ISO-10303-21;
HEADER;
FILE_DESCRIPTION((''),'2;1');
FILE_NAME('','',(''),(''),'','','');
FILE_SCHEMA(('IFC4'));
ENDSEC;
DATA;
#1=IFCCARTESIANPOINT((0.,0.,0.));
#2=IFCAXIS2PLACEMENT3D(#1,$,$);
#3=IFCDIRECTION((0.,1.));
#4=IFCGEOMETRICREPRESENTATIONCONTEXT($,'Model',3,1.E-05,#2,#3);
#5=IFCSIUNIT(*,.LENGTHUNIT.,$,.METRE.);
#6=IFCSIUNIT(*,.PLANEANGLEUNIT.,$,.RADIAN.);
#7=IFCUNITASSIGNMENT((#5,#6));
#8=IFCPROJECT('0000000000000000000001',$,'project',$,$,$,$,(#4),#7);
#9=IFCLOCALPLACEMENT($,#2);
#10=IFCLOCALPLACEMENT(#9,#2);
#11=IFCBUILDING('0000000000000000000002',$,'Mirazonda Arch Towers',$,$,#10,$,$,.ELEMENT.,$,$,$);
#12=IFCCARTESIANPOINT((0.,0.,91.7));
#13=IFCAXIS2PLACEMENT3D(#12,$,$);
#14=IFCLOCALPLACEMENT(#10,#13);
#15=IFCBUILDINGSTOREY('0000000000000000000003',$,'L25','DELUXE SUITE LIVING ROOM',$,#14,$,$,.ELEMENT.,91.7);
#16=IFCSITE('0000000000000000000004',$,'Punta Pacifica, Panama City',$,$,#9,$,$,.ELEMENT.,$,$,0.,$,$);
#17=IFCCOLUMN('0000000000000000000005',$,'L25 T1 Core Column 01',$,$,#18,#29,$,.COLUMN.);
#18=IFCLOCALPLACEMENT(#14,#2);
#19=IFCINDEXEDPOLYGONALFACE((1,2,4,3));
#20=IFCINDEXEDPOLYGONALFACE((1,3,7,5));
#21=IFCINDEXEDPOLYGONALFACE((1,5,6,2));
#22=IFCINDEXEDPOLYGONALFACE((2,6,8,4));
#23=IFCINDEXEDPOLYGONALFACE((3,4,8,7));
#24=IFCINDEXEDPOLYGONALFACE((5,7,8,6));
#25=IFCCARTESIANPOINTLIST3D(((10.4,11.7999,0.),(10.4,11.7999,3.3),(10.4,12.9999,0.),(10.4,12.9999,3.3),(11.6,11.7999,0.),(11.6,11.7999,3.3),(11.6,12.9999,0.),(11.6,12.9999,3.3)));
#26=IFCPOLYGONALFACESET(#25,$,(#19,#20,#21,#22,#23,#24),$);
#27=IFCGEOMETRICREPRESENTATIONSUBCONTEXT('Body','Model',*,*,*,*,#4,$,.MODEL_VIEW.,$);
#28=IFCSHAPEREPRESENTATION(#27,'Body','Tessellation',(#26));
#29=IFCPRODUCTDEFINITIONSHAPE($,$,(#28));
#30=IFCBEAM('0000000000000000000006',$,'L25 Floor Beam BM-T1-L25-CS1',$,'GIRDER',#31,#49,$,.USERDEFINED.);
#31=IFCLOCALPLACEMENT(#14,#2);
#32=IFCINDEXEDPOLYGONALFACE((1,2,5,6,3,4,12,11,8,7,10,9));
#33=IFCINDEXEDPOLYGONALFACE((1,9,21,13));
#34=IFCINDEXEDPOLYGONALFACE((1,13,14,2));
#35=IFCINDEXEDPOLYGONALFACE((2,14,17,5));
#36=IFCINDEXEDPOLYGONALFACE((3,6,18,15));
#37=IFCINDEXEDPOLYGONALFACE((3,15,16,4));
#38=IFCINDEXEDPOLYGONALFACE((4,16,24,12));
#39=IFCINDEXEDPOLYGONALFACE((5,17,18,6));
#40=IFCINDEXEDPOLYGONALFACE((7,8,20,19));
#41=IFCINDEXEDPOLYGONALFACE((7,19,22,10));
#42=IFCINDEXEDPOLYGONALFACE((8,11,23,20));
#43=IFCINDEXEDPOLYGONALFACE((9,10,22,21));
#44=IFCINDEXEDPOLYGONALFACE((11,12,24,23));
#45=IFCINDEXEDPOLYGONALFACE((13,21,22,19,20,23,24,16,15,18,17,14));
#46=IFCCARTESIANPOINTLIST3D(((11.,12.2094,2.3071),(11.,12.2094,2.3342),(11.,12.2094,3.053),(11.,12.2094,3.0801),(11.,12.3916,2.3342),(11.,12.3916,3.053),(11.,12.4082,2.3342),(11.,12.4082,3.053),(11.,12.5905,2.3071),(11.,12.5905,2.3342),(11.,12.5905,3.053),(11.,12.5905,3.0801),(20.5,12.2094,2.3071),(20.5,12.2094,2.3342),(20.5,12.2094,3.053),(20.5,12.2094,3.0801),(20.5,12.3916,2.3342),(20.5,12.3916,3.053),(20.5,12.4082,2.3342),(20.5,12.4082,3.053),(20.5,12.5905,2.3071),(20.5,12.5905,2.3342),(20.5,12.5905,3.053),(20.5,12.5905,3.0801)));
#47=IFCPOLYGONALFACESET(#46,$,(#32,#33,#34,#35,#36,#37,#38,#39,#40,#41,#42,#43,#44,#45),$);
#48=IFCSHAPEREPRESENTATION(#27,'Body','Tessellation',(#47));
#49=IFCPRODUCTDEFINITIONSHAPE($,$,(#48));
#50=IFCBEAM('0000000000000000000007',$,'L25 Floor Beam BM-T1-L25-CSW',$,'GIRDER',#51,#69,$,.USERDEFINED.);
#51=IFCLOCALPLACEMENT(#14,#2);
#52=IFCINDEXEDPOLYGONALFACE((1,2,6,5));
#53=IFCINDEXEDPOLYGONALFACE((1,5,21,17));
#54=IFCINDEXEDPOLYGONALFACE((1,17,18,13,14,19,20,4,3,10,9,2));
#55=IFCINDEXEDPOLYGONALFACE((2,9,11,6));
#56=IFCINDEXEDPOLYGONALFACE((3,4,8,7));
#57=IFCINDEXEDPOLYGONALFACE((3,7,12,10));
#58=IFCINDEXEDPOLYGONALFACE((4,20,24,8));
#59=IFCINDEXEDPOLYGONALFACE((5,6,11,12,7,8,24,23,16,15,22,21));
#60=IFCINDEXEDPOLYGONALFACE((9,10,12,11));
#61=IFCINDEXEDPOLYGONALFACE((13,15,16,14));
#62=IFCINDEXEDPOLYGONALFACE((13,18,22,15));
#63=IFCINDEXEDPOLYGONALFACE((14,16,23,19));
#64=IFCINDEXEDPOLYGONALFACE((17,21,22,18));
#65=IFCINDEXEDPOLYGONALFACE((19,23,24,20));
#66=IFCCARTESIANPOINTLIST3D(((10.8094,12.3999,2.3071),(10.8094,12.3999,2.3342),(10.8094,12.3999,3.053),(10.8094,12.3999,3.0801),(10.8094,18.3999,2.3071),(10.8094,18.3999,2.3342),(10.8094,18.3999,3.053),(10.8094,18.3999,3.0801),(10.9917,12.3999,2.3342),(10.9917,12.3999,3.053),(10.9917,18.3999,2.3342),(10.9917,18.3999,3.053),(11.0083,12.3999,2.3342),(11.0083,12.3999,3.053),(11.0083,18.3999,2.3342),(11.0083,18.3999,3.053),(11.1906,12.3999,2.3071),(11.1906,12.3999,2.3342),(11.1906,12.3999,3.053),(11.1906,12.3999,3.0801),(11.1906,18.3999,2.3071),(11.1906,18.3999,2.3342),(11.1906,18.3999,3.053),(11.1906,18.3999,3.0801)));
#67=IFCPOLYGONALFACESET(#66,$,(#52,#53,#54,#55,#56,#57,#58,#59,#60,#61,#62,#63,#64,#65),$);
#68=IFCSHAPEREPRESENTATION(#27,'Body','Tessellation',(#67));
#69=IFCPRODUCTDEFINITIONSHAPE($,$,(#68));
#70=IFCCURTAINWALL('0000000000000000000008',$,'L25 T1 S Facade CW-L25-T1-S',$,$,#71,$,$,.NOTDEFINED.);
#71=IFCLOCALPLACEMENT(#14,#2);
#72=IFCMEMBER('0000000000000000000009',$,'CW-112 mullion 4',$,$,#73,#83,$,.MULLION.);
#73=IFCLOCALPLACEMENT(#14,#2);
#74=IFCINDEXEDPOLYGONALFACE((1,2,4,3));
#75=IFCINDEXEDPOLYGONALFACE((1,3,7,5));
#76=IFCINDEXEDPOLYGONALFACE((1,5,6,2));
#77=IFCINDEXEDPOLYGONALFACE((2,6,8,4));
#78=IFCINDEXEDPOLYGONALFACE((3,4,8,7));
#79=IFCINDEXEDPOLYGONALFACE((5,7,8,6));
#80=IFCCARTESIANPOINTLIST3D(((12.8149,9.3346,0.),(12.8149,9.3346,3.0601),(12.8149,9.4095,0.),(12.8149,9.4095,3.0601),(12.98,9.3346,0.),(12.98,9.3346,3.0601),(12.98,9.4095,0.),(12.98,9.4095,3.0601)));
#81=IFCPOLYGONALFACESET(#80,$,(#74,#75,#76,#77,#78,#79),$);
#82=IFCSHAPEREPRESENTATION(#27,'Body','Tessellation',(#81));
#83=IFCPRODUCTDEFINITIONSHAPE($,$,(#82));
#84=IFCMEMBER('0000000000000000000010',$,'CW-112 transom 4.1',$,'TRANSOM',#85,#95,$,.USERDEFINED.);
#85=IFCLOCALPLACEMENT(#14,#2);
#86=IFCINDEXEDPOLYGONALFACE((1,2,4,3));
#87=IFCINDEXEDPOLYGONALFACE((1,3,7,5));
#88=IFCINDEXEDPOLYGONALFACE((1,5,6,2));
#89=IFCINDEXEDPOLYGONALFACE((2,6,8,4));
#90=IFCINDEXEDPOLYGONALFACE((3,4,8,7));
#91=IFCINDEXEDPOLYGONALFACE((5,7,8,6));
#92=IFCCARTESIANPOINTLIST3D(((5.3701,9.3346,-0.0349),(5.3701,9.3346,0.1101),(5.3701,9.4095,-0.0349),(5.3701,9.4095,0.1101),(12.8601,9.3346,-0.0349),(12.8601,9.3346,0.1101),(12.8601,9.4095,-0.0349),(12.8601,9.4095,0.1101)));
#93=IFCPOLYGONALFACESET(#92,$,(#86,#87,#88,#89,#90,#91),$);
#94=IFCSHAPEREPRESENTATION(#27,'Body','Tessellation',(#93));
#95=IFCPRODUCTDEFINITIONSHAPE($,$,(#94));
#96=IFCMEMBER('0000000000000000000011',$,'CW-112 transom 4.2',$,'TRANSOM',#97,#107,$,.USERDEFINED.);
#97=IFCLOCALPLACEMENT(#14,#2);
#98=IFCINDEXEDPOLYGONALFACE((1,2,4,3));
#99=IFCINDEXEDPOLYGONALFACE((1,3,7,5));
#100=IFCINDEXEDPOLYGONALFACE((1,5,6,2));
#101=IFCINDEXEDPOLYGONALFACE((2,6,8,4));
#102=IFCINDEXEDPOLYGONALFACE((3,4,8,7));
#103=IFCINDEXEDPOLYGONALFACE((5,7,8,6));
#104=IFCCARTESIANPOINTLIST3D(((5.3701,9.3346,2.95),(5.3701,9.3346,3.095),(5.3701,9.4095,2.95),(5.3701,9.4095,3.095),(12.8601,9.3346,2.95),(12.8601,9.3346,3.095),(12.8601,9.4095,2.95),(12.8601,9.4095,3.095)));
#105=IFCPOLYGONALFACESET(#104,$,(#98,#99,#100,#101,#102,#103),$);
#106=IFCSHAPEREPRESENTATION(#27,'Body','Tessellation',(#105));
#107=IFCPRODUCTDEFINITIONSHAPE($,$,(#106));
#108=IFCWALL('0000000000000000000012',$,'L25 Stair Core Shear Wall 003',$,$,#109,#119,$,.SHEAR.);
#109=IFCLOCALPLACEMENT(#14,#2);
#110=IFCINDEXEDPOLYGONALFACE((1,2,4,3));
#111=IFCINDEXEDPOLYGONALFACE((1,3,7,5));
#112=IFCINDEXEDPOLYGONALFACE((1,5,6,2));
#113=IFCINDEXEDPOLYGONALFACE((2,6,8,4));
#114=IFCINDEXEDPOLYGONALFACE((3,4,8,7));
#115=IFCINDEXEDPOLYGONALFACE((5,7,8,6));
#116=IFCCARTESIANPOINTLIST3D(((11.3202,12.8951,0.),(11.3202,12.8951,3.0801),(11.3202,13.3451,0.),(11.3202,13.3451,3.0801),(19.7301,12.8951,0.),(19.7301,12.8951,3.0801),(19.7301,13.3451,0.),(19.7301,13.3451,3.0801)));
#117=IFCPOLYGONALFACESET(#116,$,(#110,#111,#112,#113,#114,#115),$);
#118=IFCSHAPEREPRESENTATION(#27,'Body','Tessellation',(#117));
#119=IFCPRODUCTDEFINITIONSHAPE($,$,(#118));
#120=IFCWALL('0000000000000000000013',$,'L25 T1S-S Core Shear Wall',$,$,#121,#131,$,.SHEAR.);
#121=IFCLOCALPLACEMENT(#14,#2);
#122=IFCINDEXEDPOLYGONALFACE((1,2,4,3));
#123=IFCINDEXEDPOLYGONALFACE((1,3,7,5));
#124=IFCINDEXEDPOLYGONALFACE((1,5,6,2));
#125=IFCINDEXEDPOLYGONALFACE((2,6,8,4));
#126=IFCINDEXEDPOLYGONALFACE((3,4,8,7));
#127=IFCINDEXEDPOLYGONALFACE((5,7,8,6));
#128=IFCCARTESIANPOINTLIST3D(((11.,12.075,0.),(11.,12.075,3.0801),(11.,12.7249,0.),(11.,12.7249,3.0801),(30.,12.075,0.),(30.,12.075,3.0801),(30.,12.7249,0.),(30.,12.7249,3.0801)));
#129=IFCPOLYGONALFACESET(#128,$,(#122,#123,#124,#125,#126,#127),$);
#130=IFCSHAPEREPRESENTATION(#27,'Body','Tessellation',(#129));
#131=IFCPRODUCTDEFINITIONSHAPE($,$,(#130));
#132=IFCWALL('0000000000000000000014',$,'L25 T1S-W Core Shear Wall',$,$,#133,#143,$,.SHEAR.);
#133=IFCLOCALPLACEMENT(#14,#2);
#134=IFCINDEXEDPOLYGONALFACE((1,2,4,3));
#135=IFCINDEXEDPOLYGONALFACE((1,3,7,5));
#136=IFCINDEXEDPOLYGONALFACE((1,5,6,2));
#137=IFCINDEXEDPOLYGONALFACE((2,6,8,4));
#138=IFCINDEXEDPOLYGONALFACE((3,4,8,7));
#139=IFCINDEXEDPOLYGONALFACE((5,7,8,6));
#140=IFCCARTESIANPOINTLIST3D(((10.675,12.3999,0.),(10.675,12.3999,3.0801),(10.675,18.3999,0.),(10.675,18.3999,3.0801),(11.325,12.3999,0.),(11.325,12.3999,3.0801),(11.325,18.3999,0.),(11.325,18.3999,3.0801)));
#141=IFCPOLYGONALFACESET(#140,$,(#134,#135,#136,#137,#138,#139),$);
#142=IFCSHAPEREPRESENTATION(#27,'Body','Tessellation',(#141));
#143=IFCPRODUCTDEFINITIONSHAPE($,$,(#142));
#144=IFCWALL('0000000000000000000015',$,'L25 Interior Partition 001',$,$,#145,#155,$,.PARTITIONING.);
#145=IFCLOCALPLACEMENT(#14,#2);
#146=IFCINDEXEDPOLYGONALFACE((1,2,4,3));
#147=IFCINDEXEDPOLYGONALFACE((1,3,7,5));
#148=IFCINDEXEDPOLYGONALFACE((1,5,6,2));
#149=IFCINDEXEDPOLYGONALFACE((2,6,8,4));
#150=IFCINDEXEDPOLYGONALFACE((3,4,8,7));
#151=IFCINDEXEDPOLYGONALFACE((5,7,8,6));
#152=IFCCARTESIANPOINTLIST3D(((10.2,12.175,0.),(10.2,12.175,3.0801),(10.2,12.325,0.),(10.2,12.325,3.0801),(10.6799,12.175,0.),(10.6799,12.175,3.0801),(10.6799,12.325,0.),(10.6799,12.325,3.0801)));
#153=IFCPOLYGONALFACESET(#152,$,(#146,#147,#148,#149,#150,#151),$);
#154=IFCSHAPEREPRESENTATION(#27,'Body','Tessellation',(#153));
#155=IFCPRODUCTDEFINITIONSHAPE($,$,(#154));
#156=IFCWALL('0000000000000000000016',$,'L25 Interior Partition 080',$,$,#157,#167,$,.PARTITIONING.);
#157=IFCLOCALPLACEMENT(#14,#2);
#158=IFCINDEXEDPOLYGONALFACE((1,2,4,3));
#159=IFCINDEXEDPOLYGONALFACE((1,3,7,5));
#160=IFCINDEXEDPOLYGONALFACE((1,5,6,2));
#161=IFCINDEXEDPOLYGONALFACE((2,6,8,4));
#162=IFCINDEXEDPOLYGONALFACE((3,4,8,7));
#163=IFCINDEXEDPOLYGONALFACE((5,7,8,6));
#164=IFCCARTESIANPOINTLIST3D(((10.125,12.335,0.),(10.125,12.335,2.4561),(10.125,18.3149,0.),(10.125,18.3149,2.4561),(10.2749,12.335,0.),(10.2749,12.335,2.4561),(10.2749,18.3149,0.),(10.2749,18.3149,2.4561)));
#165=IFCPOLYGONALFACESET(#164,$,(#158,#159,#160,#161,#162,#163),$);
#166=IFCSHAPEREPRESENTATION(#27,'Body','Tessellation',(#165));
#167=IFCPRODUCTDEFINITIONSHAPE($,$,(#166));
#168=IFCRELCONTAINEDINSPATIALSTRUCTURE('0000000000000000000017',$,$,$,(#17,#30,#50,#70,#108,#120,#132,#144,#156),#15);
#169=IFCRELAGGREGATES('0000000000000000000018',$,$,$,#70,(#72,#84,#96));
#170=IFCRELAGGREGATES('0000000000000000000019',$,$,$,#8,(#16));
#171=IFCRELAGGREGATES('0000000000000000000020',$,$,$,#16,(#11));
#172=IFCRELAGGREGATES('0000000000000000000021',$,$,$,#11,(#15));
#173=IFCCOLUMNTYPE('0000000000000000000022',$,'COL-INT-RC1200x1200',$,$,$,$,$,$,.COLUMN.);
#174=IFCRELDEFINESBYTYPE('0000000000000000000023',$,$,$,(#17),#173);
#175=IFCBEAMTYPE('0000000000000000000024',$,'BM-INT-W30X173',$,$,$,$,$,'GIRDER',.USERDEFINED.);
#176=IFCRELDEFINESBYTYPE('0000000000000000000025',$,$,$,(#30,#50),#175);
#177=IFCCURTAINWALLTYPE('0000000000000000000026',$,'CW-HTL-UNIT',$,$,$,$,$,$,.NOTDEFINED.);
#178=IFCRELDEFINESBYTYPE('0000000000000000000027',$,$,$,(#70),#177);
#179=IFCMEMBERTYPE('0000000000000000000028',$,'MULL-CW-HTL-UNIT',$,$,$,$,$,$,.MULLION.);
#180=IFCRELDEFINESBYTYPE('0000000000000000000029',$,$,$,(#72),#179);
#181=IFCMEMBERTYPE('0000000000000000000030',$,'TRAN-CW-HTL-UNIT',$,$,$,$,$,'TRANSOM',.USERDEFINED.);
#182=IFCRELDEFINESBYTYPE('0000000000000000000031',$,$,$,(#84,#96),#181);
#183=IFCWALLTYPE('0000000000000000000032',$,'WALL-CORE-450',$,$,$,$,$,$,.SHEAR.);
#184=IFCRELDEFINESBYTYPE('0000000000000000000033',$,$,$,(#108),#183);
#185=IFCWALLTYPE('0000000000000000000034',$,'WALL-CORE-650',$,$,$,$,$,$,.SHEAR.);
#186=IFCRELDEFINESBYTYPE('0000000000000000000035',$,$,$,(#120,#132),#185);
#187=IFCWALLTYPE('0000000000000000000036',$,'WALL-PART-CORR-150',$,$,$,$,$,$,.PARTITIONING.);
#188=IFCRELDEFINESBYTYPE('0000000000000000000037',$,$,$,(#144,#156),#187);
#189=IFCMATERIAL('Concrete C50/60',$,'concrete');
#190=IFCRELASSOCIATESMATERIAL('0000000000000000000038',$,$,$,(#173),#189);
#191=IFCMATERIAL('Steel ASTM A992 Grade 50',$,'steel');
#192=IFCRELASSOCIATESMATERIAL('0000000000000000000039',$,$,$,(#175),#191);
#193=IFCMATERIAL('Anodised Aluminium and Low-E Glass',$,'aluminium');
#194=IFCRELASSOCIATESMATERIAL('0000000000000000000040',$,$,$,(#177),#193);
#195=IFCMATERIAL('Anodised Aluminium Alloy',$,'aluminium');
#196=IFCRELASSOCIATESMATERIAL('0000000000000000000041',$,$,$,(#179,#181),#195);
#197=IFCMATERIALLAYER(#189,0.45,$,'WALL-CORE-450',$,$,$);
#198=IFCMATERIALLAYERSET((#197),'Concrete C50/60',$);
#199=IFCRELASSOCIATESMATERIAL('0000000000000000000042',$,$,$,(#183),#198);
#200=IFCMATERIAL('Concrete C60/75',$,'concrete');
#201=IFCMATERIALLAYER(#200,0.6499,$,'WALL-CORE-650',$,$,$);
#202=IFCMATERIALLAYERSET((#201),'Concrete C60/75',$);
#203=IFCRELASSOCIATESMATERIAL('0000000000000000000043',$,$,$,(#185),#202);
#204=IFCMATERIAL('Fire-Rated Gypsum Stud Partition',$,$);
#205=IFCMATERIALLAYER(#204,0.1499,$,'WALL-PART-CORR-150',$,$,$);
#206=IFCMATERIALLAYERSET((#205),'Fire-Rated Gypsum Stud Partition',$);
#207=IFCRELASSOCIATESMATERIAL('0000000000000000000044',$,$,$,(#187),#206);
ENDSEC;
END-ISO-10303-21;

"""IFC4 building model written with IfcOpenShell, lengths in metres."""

from ifc_helpers import new_model, si_unit, direction, frame, frame_2d, origin, origin_2d, place, context, subcontext, project, spatial, rectangle, i_section, extrude, material, layer, layer_set, material_profile, profile_set, type_object, element, aggregate, save


model = new_model("IFC4")

# Units and contexts
model_context = context("Model", 3, precision=1e-05, world=origin(), true_north=direction((0.0, 1.0)))
body_context = subcontext(model_context, "Body", "Model", "MODEL_VIEW")
ifc_project = project(units=[si_unit("LENGTHUNIT", "METRE"), si_unit("PLANEANGLEUNIT", "RADIAN")], contexts=[model_context])

# Site, building, storey
site_placement = place(None, origin())
site = spatial("IfcSite", under=ifc_project, at=site_placement, Name="Punta Pacifica, Panama City", CompositionType="ELEMENT", RefElevation=0.0)
building_placement = place(site_placement, origin())
building = spatial("IfcBuilding", under=site, at=building_placement, Name="Mirazonda Arch Towers", CompositionType="ELEMENT")
storey_placement = place(building_placement, frame((0.0, 0.0, 91.7)))
storey = spatial("IfcBuildingStorey", under=building, at=storey_placement, Name="L25", Description="DELUXE SUITE LIVING ROOM", CompositionType="ELEMENT", Elevation=91.7)

# Column
ifc_material_1 = material(Name="Concrete C50/60", Category="concrete")
ifc_material_profile_1 = material_profile(ifc_material_1, rectangle(XDim=1.2, YDim=1.2, at=origin_2d()), Name="RC1200x1200")
ifc_profile_set_1 = profile_set([ifc_material_profile_1], Name="Concrete C50/60")
column_type = type_object("IfcColumnType", Name="COL-INT-RC1200x1200", PredefinedType="COLUMN", material=ifc_profile_set_1)
column_placement = place(storey_placement, frame((11.0, 12.3999, 0.0), z_axis=(0.0, 0.0, 1.0), x_axis=(1.0, 0.0, 0.0)))
element("IfcColumn", 1, at=column_placement, inside=storey, type_object=column_type, Name="L25 T1 Core Column 01", PredefinedType="COLUMN", context=body_context, shape_type="SweptSolid", body=[
    extrude(rectangle(XDim=1.2, YDim=1.2, at=origin_2d()), origin(), (0.0, 0.0, 1.0), 3.3),
])

# Beams
ifc_material_2 = material(Name="Steel ASTM A992 Grade 50", Category="steel")
ifc_material_profile_2 = material_profile(ifc_material_2, i_section(OverallWidth=0.3811, OverallDepth=0.7729, WebThickness=0.0166, FlangeThickness=0.0271, at=origin_2d()), Name="W30X173")
ifc_profile_set_2 = profile_set([ifc_material_profile_2], Name="Steel ASTM A992 Grade 50")
beam_type = type_object("IfcBeamType", Name="BM-INT-W30X173", ElementType="GIRDER", PredefinedType="USERDEFINED", material=ifc_profile_set_2)
beam_1_placement = place(storey_placement, frame((11.0, 12.3999, 2.6936), z_axis=(1.0, 0.0, 0.0), x_axis=(0.0, 1.0, 0.0)))
element("IfcBeam", 2, at=beam_1_placement, inside=storey, type_object=beam_type, Name="L25 Floor Beam BM-T1-L25-CS1", ObjectType="GIRDER", PredefinedType="USERDEFINED", context=body_context, shape_type="SweptSolid", body=[
    extrude(i_section(OverallWidth=0.3811, OverallDepth=0.7729, WebThickness=0.0166, FlangeThickness=0.0271, at=origin_2d()), origin(), (0.0, 0.0, 1.0), 9.5),
])
beam_2_placement = place(storey_placement, frame((11.0, 12.3999, 2.6936), z_axis=(0.0, 1.0, 0.0), x_axis=(-1.0, 0.0, 0.0)))
element("IfcBeam", 3, at=beam_2_placement, inside=storey, type_object=beam_type, Name="L25 Floor Beam BM-T1-L25-CSW", ObjectType="GIRDER", PredefinedType="USERDEFINED", context=body_context, shape_type="SweptSolid", body=[
    extrude(i_section(OverallWidth=0.3811, OverallDepth=0.7729, WebThickness=0.0166, FlangeThickness=0.0271, at=origin_2d()), origin(), (0.0, 0.0, 1.0), 6.0),
])

# Curtain wall, members
ifc_material_3 = material(Name="Anodised Aluminium and Low-E Glass", Category="aluminium")
curtain_wall_type = type_object("IfcCurtainWallType", Name="CW-HTL-UNIT", PredefinedType="NOTDEFINED", material=ifc_material_3)
curtain_wall_placement = place(storey_placement, origin())
curtain_wall = element("IfcCurtainWall", 4, at=curtain_wall_placement, inside=storey, type_object=curtain_wall_type, Name="L25 T1 S Facade CW-L25-T1-S", PredefinedType="NOTDEFINED")
ifc_material_4 = material(Name="Anodised Aluminium Alloy", Category="aluminium")
ifc_material_profile_3 = material_profile(ifc_material_4, rectangle(XDim=0.075, YDim=0.165, at=origin_2d()), Name="ALU-MULL-75x165")
ifc_profile_set_3 = profile_set([ifc_material_profile_3], Name="Anodised Aluminium Alloy")
member_type_1 = type_object("IfcMemberType", Name="MULL-CW-HTL-UNIT", PredefinedType="MULLION", material=ifc_profile_set_3)
member_1_placement = place(storey_placement, frame((12.8975, 9.3721, 0.0), z_axis=(0.0, 0.0, 1.0), x_axis=(0.0, -1.0, 0.0)))
member_1 = element("IfcMember", 5, at=member_1_placement, type_object=member_type_1, Name="CW-112 mullion 4", PredefinedType="MULLION", context=body_context, shape_type="SweptSolid", body=[
    extrude(rectangle(XDim=0.075, YDim=0.165, at=origin_2d()), origin(), (0.0, 0.0, 1.0), 3.0601),
])
ifc_material_profile_4 = material_profile(ifc_material_4, rectangle(XDim=0.075, YDim=0.145, at=origin_2d()), Name="ALU-TRAN-75x145")
ifc_profile_set_4 = profile_set([ifc_material_profile_4], Name="Anodised Aluminium Alloy")
member_type_2 = type_object("IfcMemberType", Name="TRAN-CW-HTL-UNIT", ElementType="TRANSOM", PredefinedType="USERDEFINED", material=ifc_profile_set_4)
member_2_placement = place(storey_placement, frame((12.8601, 9.3721, 0.0376), z_axis=(-1.0, 0.0, 0.0), x_axis=(0.0, -1.0, 0.0)))
member_2 = element("IfcMember", 6, at=member_2_placement, type_object=member_type_2, Name="CW-112 transom 4.1", ObjectType="TRANSOM", PredefinedType="USERDEFINED", context=body_context, shape_type="SweptSolid", body=[
    extrude(rectangle(XDim=0.075, YDim=0.145, at=origin_2d()), origin(), (0.0, 0.0, 1.0), 7.49),
])
member_3_placement = place(storey_placement, frame((12.8601, 9.3721, 3.0225), z_axis=(-1.0, 0.0, 0.0), x_axis=(0.0, -1.0, 0.0)))
member_3 = element("IfcMember", 7, at=member_3_placement, type_object=member_type_2, Name="CW-112 transom 4.2", ObjectType="TRANSOM", PredefinedType="USERDEFINED", context=body_context, shape_type="SweptSolid", body=[
    extrude(rectangle(XDim=0.075, YDim=0.145, at=origin_2d()), origin(), (0.0, 0.0, 1.0), 7.49),
])
aggregate(curtain_wall, [member_1, member_2, member_3])

# Walls
ifc_layer_1 = layer(ifc_material_1, 0.45, Name="WALL-CORE-450")
ifc_layer_set_1 = layer_set([ifc_layer_1], Name="Concrete C50/60")
wall_type_1 = type_object("IfcWallType", Name="WALL-CORE-450", PredefinedType="SHEAR", material=ifc_layer_set_1)
wall_1_placement = place(storey_placement, frame((11.3201, 13.1201, 0.0), z_axis=(0.0, 0.0, 1.0), x_axis=(1.0, 0.0, 0.0)))
element("IfcWall", 8, at=wall_1_placement, inside=storey, type_object=wall_type_1, Name="L25 Stair Core Shear Wall 003", PredefinedType="SHEAR", context=body_context, shape_type="SweptSolid", body=[
    extrude(rectangle(XDim=8.4099, YDim=0.45, at=frame_2d((4.2051, 0.0))), origin(), (0.0, 0.0, 1.0), 3.0801),
])
ifc_material_5 = material(Name="Concrete C60/75", Category="concrete")
ifc_layer_2 = layer(ifc_material_5, 0.6499, Name="WALL-CORE-650")
ifc_layer_set_2 = layer_set([ifc_layer_2], Name="Concrete C60/75")
wall_type_2 = type_object("IfcWallType", Name="WALL-CORE-650", PredefinedType="SHEAR", material=ifc_layer_set_2)
wall_2_placement = place(storey_placement, frame((11.0, 12.3999, 0.0), z_axis=(0.0, 0.0, 1.0), x_axis=(1.0, 0.0, 0.0)))
element("IfcWall", 9, at=wall_2_placement, inside=storey, type_object=wall_type_2, Name="L25 T1S-S Core Shear Wall", PredefinedType="SHEAR", context=body_context, shape_type="SweptSolid", body=[
    extrude(rectangle(XDim=19.0, YDim=0.6499, at=frame_2d((9.5, 0.0))), origin(), (0.0, 0.0, 1.0), 3.0801),
])
wall_3_placement = place(storey_placement, frame((11.0, 12.3999, 0.0), z_axis=(0.0, 0.0, 1.0), x_axis=(0.0, 1.0, 0.0)))
element("IfcWall", 10, at=wall_3_placement, inside=storey, type_object=wall_type_2, Name="L25 T1S-W Core Shear Wall", PredefinedType="SHEAR", context=body_context, shape_type="SweptSolid", body=[
    extrude(rectangle(XDim=6.0, YDim=0.6499, at=frame_2d((3.0, 0.0))), origin(), (0.0, 0.0, 1.0), 3.0801),
])
ifc_material_6 = material(Name="Fire-Rated Gypsum Stud Partition")
ifc_layer_3 = layer(ifc_material_6, 0.1499, Name="WALL-PART-CORR-150")
ifc_layer_set_3 = layer_set([ifc_layer_3], Name="Fire-Rated Gypsum Stud Partition")
wall_type_3 = type_object("IfcWallType", Name="WALL-PART-CORR-150", PredefinedType="PARTITIONING", material=ifc_layer_set_3)
wall_4_placement = place(storey_placement, frame((10.2, 12.25, 0.0), z_axis=(0.0, 0.0, 1.0), x_axis=(1.0, 0.0, 0.0)))
element("IfcWall", 11, at=wall_4_placement, inside=storey, type_object=wall_type_3, Name="L25 Interior Partition 001", PredefinedType="PARTITIONING", context=body_context, shape_type="SweptSolid", body=[
    extrude(rectangle(XDim=0.48, YDim=0.1499, at=frame_2d((0.24, 0.0))), origin(), (0.0, 0.0, 1.0), 3.0801),
])
wall_5_placement = place(storey_placement, frame((10.2, 12.335, 0.0), z_axis=(0.0, 0.0, 1.0), x_axis=(0.0, 1.0, 0.0)))
element("IfcWall", 12, at=wall_5_placement, inside=storey, type_object=wall_type_3, Name="L25 Interior Partition 080", PredefinedType="PARTITIONING", context=body_context, shape_type="SweptSolid", body=[
    extrude(rectangle(XDim=5.98, YDim=0.1499, at=frame_2d((2.99, 0.0))), origin(), (0.0, 0.0, 1.0), 2.4561),
])

save(model, "model.ifc")
